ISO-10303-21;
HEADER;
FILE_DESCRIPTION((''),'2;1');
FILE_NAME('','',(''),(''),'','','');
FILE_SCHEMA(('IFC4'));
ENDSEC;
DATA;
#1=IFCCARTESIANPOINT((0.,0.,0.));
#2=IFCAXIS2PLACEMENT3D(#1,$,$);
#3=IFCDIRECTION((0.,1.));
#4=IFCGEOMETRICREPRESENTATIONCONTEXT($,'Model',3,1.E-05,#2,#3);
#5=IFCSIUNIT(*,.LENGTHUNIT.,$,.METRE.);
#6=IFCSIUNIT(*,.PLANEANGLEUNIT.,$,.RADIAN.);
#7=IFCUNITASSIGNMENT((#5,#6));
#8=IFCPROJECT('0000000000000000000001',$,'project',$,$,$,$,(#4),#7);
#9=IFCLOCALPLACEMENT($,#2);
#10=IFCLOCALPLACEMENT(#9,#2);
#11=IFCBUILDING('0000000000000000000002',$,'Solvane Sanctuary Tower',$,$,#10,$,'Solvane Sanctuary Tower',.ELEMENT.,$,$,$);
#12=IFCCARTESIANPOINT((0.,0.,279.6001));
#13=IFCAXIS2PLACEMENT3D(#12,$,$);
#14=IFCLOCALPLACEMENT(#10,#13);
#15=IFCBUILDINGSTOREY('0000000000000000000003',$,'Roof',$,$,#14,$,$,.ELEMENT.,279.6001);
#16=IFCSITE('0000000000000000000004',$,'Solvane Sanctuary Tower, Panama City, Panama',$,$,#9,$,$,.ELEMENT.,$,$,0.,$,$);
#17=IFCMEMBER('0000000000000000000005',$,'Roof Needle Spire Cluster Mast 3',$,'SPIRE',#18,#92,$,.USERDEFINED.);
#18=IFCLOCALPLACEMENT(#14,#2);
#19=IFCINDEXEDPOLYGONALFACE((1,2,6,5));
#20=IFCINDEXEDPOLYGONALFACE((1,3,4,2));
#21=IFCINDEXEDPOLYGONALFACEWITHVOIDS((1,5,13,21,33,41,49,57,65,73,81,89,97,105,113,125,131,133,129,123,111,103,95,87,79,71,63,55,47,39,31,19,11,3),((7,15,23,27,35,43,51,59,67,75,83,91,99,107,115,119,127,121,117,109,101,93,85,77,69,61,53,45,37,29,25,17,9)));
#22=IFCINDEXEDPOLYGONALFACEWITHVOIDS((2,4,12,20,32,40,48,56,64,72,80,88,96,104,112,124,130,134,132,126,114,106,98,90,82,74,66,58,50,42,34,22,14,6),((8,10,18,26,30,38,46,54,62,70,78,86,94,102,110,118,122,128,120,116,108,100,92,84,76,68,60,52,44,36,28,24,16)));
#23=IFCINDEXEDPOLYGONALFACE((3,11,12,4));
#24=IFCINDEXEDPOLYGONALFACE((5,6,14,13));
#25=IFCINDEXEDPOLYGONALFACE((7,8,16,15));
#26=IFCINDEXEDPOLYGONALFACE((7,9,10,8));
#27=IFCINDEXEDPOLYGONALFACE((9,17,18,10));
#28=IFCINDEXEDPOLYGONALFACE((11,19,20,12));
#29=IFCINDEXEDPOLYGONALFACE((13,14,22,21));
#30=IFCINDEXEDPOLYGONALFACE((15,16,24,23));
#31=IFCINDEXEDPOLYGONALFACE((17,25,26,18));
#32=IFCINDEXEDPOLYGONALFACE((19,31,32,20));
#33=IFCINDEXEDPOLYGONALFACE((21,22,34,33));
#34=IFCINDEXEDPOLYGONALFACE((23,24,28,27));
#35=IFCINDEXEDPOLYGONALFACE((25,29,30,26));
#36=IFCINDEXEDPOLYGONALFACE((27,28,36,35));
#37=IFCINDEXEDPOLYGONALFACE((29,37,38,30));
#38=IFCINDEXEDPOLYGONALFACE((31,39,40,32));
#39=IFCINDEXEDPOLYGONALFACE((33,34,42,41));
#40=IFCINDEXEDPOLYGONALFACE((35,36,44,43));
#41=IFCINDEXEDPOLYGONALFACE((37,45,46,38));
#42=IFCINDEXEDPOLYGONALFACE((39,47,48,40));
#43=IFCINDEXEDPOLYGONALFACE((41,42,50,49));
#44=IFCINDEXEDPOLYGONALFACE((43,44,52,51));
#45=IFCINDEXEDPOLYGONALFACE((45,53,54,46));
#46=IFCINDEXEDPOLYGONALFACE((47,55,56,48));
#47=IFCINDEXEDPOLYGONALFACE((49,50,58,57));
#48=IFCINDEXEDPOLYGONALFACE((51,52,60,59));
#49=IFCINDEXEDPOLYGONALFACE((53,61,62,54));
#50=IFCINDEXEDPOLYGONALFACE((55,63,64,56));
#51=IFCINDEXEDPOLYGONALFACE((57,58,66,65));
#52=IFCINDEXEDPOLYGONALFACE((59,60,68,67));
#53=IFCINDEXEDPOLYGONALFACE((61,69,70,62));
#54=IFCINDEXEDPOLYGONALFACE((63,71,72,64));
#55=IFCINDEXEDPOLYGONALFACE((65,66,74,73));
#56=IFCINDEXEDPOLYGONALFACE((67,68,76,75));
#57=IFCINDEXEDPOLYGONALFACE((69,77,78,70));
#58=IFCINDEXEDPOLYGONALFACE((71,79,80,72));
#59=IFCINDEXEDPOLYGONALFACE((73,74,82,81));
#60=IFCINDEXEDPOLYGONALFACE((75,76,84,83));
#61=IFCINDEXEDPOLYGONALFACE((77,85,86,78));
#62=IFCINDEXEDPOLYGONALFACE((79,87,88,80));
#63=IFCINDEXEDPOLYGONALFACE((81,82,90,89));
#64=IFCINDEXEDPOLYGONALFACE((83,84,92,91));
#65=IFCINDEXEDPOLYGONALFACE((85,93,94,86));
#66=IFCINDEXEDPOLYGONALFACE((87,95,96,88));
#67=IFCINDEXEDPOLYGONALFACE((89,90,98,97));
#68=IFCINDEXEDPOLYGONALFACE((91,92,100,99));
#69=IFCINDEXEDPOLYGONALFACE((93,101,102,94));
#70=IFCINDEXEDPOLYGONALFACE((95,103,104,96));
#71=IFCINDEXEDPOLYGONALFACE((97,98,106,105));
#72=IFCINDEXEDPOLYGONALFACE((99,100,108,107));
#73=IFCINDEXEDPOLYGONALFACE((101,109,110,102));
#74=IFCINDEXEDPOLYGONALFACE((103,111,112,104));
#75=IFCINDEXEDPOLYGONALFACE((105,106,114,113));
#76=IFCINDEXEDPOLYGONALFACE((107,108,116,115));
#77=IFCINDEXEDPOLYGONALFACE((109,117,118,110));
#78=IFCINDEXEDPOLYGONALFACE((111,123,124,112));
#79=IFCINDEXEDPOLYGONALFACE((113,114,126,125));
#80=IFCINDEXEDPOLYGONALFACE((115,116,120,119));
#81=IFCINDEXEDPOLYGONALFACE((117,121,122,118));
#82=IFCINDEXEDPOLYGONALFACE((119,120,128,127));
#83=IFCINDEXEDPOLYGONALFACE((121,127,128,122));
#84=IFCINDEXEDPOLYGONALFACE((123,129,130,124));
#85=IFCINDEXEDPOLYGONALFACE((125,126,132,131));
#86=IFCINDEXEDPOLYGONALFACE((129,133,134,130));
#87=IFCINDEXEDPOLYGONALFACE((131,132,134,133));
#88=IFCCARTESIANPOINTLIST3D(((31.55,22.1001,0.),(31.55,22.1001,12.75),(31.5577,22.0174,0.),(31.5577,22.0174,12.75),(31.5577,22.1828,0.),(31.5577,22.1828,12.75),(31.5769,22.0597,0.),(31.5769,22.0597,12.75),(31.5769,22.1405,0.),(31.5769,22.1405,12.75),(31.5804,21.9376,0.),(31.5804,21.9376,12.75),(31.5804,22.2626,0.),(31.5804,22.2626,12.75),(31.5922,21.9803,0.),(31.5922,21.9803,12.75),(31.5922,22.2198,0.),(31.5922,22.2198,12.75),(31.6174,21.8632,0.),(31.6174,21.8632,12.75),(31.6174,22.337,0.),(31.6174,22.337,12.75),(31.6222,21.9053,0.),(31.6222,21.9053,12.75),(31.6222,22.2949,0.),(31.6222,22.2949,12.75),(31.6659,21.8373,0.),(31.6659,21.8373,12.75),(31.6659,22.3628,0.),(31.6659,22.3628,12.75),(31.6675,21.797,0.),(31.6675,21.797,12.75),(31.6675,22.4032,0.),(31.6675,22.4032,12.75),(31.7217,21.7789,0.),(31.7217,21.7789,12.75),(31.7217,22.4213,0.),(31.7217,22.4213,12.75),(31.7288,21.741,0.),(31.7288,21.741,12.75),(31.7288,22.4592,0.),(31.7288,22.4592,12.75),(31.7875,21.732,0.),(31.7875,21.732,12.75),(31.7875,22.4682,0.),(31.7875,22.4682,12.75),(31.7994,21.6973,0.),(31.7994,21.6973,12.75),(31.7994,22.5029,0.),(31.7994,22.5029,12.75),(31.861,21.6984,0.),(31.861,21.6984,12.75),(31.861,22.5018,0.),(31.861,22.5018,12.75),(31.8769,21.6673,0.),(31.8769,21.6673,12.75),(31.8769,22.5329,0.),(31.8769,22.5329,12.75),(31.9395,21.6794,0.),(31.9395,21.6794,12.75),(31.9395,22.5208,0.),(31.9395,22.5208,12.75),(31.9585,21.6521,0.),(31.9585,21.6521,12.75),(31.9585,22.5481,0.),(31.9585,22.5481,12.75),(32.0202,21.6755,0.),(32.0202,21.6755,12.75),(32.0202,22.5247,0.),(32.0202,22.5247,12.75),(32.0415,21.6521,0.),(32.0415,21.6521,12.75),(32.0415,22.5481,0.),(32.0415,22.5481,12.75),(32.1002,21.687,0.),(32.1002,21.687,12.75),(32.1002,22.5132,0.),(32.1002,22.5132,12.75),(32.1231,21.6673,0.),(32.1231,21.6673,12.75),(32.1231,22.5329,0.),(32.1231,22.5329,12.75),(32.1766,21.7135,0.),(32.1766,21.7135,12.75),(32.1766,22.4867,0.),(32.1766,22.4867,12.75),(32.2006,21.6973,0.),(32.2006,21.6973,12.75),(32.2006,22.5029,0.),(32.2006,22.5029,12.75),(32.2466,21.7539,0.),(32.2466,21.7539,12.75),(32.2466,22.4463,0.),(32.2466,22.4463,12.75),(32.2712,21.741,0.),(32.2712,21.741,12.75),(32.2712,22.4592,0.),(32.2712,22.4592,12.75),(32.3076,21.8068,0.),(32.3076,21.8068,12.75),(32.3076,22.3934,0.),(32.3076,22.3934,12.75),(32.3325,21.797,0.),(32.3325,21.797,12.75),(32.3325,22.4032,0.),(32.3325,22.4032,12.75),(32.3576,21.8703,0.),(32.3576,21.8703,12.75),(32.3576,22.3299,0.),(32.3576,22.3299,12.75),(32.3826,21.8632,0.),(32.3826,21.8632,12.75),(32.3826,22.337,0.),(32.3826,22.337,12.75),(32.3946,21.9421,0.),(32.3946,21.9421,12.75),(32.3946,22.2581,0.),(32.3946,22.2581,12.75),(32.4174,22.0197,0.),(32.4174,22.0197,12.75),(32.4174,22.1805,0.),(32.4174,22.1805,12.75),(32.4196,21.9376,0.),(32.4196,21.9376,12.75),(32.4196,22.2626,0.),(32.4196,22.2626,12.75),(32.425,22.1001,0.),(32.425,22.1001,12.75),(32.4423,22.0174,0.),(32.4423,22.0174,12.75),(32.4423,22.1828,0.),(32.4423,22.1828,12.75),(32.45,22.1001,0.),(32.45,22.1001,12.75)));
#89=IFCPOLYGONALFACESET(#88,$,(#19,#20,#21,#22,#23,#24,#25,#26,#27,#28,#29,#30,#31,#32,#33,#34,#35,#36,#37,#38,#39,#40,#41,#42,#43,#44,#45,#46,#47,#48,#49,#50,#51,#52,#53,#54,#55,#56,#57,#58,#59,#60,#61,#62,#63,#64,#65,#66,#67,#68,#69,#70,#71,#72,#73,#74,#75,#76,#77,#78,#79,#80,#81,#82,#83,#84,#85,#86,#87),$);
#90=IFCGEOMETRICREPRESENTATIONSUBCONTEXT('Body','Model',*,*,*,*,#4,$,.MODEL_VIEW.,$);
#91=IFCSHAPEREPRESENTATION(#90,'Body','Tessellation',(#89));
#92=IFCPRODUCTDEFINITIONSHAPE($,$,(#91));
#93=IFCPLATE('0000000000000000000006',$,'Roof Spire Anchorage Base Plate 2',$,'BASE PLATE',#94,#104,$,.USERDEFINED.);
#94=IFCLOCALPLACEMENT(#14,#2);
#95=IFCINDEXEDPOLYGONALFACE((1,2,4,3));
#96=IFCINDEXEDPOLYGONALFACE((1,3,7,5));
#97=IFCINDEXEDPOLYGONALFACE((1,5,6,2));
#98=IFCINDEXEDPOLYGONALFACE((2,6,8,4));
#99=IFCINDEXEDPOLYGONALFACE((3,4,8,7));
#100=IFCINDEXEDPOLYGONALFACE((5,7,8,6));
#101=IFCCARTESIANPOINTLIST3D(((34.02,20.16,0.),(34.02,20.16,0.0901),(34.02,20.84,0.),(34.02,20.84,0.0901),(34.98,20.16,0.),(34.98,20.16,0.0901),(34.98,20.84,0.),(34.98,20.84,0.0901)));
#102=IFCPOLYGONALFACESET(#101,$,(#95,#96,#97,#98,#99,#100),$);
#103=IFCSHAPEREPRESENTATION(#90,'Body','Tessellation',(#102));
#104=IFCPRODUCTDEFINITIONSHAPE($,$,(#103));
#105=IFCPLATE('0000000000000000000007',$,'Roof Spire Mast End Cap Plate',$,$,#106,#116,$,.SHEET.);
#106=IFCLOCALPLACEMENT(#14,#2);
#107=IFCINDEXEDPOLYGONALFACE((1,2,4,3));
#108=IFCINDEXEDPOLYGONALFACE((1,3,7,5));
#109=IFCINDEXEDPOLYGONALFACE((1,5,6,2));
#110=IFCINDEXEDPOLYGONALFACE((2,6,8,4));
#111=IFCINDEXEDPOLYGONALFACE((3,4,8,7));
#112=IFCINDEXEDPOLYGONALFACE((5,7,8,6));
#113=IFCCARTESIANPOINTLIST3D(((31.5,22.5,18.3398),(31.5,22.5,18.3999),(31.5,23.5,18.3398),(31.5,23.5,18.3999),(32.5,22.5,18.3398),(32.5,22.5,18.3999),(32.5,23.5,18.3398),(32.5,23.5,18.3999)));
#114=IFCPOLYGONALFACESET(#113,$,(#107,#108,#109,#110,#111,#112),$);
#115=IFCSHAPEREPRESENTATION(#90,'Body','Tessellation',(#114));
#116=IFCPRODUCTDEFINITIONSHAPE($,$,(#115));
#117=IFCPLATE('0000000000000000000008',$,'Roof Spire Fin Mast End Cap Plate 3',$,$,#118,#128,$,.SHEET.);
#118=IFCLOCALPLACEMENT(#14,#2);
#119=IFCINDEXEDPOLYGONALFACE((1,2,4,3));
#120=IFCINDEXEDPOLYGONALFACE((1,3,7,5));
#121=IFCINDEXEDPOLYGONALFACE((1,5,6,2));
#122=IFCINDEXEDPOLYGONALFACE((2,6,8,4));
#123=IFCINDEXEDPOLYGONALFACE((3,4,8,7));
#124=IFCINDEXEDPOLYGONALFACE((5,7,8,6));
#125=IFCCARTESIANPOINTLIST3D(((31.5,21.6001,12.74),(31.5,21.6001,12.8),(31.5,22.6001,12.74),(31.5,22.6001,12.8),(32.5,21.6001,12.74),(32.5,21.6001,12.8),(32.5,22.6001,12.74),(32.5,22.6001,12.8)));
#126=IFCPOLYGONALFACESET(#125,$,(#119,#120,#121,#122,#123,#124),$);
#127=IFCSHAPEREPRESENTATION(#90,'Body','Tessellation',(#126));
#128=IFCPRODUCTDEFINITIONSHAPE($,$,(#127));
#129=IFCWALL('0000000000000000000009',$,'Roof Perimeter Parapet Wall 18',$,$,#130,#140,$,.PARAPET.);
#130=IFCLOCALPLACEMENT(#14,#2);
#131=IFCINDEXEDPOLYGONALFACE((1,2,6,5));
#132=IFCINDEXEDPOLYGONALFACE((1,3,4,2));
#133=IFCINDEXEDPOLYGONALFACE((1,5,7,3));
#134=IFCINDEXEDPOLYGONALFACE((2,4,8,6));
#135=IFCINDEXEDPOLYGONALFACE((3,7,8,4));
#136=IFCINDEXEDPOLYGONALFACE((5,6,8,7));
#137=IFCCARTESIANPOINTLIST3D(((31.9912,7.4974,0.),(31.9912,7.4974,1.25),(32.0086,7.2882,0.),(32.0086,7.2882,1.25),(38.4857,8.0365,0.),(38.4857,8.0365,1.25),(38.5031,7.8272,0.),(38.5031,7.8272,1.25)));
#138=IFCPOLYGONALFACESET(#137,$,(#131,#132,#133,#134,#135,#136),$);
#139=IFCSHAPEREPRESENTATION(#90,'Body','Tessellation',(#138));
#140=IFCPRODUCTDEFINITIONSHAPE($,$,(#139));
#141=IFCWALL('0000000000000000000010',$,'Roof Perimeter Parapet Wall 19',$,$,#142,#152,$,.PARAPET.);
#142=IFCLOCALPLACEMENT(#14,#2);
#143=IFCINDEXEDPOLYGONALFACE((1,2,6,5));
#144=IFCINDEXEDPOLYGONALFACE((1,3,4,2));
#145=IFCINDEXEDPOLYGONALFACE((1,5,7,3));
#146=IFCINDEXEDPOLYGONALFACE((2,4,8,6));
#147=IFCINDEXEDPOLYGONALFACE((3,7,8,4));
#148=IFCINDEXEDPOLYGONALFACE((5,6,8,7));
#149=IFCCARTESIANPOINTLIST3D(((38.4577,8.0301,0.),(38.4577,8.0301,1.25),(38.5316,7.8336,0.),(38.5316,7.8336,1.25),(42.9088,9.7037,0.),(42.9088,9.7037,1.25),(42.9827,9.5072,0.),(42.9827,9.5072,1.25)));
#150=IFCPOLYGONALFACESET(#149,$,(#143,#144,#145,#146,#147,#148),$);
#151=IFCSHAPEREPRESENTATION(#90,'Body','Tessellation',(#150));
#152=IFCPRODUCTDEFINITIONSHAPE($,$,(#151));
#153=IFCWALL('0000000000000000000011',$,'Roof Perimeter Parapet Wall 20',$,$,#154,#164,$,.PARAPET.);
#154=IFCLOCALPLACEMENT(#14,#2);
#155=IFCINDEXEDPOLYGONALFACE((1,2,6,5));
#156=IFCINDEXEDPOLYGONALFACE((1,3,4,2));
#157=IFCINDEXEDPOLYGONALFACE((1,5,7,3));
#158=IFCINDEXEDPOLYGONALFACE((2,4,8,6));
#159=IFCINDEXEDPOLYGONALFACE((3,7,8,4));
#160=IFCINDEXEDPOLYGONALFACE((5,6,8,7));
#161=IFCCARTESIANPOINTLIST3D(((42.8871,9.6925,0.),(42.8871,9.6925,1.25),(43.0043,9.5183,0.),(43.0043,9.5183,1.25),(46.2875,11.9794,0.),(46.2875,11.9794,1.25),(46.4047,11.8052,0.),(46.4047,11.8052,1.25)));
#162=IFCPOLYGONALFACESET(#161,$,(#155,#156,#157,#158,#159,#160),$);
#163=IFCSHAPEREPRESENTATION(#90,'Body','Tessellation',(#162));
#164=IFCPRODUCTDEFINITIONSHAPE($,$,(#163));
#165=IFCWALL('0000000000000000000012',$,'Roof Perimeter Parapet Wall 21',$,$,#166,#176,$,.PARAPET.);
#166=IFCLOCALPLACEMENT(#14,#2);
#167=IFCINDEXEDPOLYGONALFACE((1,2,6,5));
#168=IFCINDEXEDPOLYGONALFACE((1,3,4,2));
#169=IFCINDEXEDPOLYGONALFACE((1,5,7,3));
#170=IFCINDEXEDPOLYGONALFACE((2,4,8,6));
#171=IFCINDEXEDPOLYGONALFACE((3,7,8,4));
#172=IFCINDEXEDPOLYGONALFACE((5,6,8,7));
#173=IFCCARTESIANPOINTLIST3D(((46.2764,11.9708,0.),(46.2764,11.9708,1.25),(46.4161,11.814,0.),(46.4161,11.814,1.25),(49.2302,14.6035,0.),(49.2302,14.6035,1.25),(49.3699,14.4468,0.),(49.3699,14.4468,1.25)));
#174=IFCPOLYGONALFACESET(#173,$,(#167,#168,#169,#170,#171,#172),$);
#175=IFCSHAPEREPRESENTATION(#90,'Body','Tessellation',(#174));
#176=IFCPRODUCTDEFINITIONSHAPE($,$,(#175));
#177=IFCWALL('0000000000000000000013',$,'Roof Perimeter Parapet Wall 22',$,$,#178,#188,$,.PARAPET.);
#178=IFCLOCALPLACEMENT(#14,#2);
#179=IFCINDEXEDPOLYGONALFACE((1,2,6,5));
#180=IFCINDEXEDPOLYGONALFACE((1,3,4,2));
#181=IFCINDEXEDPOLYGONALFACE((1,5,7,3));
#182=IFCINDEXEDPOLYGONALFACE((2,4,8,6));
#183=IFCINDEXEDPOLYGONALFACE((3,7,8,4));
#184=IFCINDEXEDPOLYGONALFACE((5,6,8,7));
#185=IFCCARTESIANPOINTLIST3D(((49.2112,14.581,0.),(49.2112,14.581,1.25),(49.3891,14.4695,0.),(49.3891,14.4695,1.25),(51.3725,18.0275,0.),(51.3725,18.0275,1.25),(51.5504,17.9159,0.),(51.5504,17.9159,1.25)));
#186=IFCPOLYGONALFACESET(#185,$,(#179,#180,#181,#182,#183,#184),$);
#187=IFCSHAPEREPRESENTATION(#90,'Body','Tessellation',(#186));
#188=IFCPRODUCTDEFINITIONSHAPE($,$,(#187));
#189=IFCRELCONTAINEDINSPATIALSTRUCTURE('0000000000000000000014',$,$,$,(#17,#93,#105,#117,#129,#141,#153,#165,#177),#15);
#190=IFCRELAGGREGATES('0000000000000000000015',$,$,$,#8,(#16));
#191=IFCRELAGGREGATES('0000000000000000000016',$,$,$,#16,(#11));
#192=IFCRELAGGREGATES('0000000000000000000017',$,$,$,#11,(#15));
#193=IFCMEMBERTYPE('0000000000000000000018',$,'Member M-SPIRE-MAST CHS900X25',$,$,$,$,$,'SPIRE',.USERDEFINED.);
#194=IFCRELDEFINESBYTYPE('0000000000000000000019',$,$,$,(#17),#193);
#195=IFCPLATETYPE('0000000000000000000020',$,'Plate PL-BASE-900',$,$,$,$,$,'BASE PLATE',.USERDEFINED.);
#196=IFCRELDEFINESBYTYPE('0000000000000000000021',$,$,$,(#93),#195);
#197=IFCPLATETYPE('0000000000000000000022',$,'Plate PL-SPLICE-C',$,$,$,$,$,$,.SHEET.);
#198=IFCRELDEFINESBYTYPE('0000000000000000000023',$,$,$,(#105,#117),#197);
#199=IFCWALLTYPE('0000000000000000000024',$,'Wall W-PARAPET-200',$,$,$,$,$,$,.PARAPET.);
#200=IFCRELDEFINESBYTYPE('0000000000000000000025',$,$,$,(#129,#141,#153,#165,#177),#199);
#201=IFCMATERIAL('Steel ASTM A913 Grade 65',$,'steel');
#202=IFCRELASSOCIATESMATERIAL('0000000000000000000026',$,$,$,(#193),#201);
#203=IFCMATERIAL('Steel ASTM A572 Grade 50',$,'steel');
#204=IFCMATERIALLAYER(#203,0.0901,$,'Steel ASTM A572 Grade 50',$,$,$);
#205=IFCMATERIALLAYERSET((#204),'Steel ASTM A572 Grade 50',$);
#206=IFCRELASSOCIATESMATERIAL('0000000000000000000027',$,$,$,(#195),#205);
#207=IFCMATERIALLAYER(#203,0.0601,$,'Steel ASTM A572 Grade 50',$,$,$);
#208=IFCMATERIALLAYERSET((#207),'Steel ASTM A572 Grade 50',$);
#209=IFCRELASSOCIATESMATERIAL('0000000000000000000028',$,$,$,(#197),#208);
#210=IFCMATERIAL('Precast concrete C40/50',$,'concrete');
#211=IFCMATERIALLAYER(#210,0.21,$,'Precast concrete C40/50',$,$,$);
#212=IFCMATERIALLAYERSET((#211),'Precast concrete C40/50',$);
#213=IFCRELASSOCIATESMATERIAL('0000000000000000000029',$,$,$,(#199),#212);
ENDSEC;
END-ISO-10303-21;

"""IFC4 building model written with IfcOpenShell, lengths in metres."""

from ifc_helpers import new_model, si_unit, direction, frame, frame_2d, origin, origin_2d, place, context, subcontext, project, spatial, rectangle, hollow_circle, extrude, material, layer, layer_set, material_profile, profile_set, type_object, element, save


model = new_model("IFC4")

# Units and contexts
model_context = context("Model", 3, precision=1e-05, world=origin(), true_north=direction((0.0, 1.0)))
body_context = subcontext(model_context, "Body", "Model", "MODEL_VIEW")
ifc_project = project(units=[si_unit("LENGTHUNIT", "METRE"), si_unit("PLANEANGLEUNIT", "RADIAN")], contexts=[model_context])

# Site, building, storey
site_placement = place(None, origin())
site = spatial("IfcSite", under=ifc_project, at=site_placement, Name="Solvane Sanctuary Tower, Panama City, Panama", CompositionType="ELEMENT", RefElevation=0.0)
building_placement = place(site_placement, origin())
building = spatial("IfcBuilding", under=site, at=building_placement, Name="Solvane Sanctuary Tower", LongName="Solvane Sanctuary Tower", CompositionType="ELEMENT")
storey_placement = place(building_placement, frame((0.0, 0.0, 279.6001)))
storey = spatial("IfcBuildingStorey", under=building, at=storey_placement, Name="Roof", CompositionType="ELEMENT", Elevation=279.6001)

# Shared definitions
ifc_material_1 = material(Name="Steel ASTM A913 Grade 65", Category="steel")

# Member
ifc_material_profile_1 = material_profile(ifc_material_1, hollow_circle(Radius=0.45, WallThickness=0.0249, at=origin_2d()), Name="CHS900X25")
ifc_profile_set_1 = profile_set([ifc_material_profile_1], Name="Steel ASTM A913 Grade 65")
member_type_1 = type_object("IfcMemberType", Name="Member M-SPIRE-MAST CHS900X25", ElementType="SPIRE", PredefinedType="USERDEFINED", material=ifc_profile_set_1)
member_1_placement = place(storey_placement, frame((32.0, 22.1001, 0.0), z_axis=(0.0, 0.0, 1.0), x_axis=(1.0, 0.0, 0.0)))
element("IfcMember", 1, at=member_1_placement, inside=storey, type_object=member_type_1, Name="Roof Needle Spire Cluster Mast 3", ObjectType="SPIRE", PredefinedType="USERDEFINED", context=body_context, shape_type="SweptSolid", body=[
    extrude(hollow_circle(Radius=0.45, WallThickness=0.0249, at=origin_2d()), origin(), (0.0, 0.0, 1.0), 12.75),
])

# Plates
ifc_material_2 = material(Name="Steel ASTM A572 Grade 50", Category="steel")
ifc_layer_1 = layer(ifc_material_2, 0.0901, Name="Steel ASTM A572 Grade 50")
ifc_layer_set_1 = layer_set([ifc_layer_1], Name="Steel ASTM A572 Grade 50")
plate_type_1 = type_object("IfcPlateType", Name="Plate PL-BASE-900", ElementType="BASE PLATE", PredefinedType="USERDEFINED", material=ifc_layer_set_1)
plate_placement = place(storey_placement, frame((34.5, 20.5, 0.0), z_axis=(0.0, 0.0, 1.0), x_axis=(1.0, 0.0, 0.0)))
element("IfcPlate", 2, at=plate_placement, inside=storey, type_object=plate_type_1, Name="Roof Spire Anchorage Base Plate 2", ObjectType="BASE PLATE", PredefinedType="USERDEFINED", context=body_context, shape_type="SweptSolid", body=[
    extrude(rectangle(XDim=0.96, YDim=0.6799, at=origin_2d()), origin(), (0.0, 0.0, 1.0), 0.0901),
])
ifc_layer_2 = layer(ifc_material_2, 0.0601, Name="Steel ASTM A572 Grade 50")
ifc_layer_set_2 = layer_set([ifc_layer_2], Name="Steel ASTM A572 Grade 50")
plate_type_2 = type_object("IfcPlateType", Name="Plate PL-SPLICE-C", PredefinedType="SHEET", material=ifc_layer_set_2)
for number, where, z_axis, x_axis, name in (
    (3, (32.0, 23.0, 18.3398), (0.0, 0.0, 1.0), (1.0, 0.0, 0.0), "Roof Spire Mast End Cap Plate"),
    (4, (32.0, 22.1001, 12.74), (0.0, 0.0, 1.0), (1.0, 0.0, 0.0), "Roof Spire Fin Mast End Cap Plate 3"),
):
    element("IfcPlate", number, at=place(storey_placement, frame(where, z_axis=z_axis, x_axis=x_axis)), inside=storey, type_object=plate_type_2, Name=name, PredefinedType="SHEET", context=body_context, shape_type="SweptSolid", body=[
        extrude(rectangle(XDim=1.0, YDim=1.0, at=origin_2d()), origin(), (0.0, 0.0, 1.0), 0.0601),
    ])

# Walls
ifc_material_3 = material(Name="Precast concrete C40/50", Category="concrete")
ifc_layer_3 = layer(ifc_material_3, 0.21, Name="Precast concrete C40/50")
ifc_layer_set_3 = layer_set([ifc_layer_3], Name="Precast concrete C40/50")
wall_type = type_object("IfcWallType", Name="Wall W-PARAPET-200", PredefinedType="PARAPET", material=ifc_layer_set_3)
wall_1_placement = place(storey_placement, frame((32.0, 7.3928, 0.0), z_axis=(0.0, 0.0, 1.0), x_axis=(0.996573, 0.082717, 0.0)))
element("IfcWall", 5, at=wall_1_placement, inside=storey, type_object=wall_type, Name="Roof Perimeter Parapet Wall 18", PredefinedType="PARAPET", context=body_context, shape_type="SweptSolid", body=[
    extrude(rectangle(XDim=6.5168, YDim=0.21, at=frame_2d((3.2583, 0.0))), origin(), (0.0, 0.0, 1.0), 1.25),
])
wall_2_placement = place(storey_placement, frame((38.4946, 7.9319, 0.0), z_axis=(0.0, 0.0, 1.0), x_axis=(0.936025, 0.351933, 0.0)))
element("IfcWall", 6, at=wall_2_placement, inside=storey, type_object=wall_type, Name="Roof Perimeter Parapet Wall 19", PredefinedType="PARAPET", context=body_context, shape_type="SweptSolid", body=[
    extrude(rectangle(XDim=4.7554, YDim=0.21, at=frame_2d((2.3777, 0.0))), origin(), (0.0, 0.0, 1.0), 1.25),
])
wall_3_placement = place(storey_placement, frame((42.9458, 9.6055, 0.0), z_axis=(0.0, 0.0, 1.0), x_axis=(0.829798, 0.558064, 0.0)))
element("IfcWall", 7, at=wall_3_placement, inside=storey, type_object=wall_type, Name="Roof Perimeter Parapet Wall 20", PredefinedType="PARAPET", context=body_context, shape_type="SweptSolid", body=[
    extrude(rectangle(XDim=4.0979, YDim=0.21, at=frame_2d((2.0488, 0.0))), origin(), (0.0, 0.0, 1.0), 1.25),
])
wall_4_placement = place(storey_placement, frame((46.3462, 11.8923, 0.0), z_axis=(0.0, 0.0, 1.0), x_axis=(0.74651, 0.665374, 0.0)))
element("IfcWall", 8, at=wall_4_placement, inside=storey, type_object=wall_type, Name="Roof Perimeter Parapet Wall 21", PredefinedType="PARAPET", context=body_context, shape_type="SweptSolid", body=[
    extrude(rectangle(XDim=3.9568, YDim=0.21, at=frame_2d((1.9785, 0.0))), origin(), (0.0, 0.0, 1.0), 1.25),
])
wall_5_placement = place(storey_placement, frame((49.3, 14.5251, 0.0), z_axis=(0.0, 0.0, 1.0), x_axis=(0.531288, 0.847192, 0.0)))
element("IfcWall", 9, at=wall_5_placement, inside=storey, type_object=wall_type, Name="Roof Perimeter Parapet Wall 22", PredefinedType="PARAPET", context=body_context, shape_type="SweptSolid", body=[
    extrude(rectangle(XDim=4.0681, YDim=0.21, at=frame_2d((2.0342, 0.0))), origin(), (0.0, 0.0, 1.0), 1.25),
])

save(model, "model.ifc")
